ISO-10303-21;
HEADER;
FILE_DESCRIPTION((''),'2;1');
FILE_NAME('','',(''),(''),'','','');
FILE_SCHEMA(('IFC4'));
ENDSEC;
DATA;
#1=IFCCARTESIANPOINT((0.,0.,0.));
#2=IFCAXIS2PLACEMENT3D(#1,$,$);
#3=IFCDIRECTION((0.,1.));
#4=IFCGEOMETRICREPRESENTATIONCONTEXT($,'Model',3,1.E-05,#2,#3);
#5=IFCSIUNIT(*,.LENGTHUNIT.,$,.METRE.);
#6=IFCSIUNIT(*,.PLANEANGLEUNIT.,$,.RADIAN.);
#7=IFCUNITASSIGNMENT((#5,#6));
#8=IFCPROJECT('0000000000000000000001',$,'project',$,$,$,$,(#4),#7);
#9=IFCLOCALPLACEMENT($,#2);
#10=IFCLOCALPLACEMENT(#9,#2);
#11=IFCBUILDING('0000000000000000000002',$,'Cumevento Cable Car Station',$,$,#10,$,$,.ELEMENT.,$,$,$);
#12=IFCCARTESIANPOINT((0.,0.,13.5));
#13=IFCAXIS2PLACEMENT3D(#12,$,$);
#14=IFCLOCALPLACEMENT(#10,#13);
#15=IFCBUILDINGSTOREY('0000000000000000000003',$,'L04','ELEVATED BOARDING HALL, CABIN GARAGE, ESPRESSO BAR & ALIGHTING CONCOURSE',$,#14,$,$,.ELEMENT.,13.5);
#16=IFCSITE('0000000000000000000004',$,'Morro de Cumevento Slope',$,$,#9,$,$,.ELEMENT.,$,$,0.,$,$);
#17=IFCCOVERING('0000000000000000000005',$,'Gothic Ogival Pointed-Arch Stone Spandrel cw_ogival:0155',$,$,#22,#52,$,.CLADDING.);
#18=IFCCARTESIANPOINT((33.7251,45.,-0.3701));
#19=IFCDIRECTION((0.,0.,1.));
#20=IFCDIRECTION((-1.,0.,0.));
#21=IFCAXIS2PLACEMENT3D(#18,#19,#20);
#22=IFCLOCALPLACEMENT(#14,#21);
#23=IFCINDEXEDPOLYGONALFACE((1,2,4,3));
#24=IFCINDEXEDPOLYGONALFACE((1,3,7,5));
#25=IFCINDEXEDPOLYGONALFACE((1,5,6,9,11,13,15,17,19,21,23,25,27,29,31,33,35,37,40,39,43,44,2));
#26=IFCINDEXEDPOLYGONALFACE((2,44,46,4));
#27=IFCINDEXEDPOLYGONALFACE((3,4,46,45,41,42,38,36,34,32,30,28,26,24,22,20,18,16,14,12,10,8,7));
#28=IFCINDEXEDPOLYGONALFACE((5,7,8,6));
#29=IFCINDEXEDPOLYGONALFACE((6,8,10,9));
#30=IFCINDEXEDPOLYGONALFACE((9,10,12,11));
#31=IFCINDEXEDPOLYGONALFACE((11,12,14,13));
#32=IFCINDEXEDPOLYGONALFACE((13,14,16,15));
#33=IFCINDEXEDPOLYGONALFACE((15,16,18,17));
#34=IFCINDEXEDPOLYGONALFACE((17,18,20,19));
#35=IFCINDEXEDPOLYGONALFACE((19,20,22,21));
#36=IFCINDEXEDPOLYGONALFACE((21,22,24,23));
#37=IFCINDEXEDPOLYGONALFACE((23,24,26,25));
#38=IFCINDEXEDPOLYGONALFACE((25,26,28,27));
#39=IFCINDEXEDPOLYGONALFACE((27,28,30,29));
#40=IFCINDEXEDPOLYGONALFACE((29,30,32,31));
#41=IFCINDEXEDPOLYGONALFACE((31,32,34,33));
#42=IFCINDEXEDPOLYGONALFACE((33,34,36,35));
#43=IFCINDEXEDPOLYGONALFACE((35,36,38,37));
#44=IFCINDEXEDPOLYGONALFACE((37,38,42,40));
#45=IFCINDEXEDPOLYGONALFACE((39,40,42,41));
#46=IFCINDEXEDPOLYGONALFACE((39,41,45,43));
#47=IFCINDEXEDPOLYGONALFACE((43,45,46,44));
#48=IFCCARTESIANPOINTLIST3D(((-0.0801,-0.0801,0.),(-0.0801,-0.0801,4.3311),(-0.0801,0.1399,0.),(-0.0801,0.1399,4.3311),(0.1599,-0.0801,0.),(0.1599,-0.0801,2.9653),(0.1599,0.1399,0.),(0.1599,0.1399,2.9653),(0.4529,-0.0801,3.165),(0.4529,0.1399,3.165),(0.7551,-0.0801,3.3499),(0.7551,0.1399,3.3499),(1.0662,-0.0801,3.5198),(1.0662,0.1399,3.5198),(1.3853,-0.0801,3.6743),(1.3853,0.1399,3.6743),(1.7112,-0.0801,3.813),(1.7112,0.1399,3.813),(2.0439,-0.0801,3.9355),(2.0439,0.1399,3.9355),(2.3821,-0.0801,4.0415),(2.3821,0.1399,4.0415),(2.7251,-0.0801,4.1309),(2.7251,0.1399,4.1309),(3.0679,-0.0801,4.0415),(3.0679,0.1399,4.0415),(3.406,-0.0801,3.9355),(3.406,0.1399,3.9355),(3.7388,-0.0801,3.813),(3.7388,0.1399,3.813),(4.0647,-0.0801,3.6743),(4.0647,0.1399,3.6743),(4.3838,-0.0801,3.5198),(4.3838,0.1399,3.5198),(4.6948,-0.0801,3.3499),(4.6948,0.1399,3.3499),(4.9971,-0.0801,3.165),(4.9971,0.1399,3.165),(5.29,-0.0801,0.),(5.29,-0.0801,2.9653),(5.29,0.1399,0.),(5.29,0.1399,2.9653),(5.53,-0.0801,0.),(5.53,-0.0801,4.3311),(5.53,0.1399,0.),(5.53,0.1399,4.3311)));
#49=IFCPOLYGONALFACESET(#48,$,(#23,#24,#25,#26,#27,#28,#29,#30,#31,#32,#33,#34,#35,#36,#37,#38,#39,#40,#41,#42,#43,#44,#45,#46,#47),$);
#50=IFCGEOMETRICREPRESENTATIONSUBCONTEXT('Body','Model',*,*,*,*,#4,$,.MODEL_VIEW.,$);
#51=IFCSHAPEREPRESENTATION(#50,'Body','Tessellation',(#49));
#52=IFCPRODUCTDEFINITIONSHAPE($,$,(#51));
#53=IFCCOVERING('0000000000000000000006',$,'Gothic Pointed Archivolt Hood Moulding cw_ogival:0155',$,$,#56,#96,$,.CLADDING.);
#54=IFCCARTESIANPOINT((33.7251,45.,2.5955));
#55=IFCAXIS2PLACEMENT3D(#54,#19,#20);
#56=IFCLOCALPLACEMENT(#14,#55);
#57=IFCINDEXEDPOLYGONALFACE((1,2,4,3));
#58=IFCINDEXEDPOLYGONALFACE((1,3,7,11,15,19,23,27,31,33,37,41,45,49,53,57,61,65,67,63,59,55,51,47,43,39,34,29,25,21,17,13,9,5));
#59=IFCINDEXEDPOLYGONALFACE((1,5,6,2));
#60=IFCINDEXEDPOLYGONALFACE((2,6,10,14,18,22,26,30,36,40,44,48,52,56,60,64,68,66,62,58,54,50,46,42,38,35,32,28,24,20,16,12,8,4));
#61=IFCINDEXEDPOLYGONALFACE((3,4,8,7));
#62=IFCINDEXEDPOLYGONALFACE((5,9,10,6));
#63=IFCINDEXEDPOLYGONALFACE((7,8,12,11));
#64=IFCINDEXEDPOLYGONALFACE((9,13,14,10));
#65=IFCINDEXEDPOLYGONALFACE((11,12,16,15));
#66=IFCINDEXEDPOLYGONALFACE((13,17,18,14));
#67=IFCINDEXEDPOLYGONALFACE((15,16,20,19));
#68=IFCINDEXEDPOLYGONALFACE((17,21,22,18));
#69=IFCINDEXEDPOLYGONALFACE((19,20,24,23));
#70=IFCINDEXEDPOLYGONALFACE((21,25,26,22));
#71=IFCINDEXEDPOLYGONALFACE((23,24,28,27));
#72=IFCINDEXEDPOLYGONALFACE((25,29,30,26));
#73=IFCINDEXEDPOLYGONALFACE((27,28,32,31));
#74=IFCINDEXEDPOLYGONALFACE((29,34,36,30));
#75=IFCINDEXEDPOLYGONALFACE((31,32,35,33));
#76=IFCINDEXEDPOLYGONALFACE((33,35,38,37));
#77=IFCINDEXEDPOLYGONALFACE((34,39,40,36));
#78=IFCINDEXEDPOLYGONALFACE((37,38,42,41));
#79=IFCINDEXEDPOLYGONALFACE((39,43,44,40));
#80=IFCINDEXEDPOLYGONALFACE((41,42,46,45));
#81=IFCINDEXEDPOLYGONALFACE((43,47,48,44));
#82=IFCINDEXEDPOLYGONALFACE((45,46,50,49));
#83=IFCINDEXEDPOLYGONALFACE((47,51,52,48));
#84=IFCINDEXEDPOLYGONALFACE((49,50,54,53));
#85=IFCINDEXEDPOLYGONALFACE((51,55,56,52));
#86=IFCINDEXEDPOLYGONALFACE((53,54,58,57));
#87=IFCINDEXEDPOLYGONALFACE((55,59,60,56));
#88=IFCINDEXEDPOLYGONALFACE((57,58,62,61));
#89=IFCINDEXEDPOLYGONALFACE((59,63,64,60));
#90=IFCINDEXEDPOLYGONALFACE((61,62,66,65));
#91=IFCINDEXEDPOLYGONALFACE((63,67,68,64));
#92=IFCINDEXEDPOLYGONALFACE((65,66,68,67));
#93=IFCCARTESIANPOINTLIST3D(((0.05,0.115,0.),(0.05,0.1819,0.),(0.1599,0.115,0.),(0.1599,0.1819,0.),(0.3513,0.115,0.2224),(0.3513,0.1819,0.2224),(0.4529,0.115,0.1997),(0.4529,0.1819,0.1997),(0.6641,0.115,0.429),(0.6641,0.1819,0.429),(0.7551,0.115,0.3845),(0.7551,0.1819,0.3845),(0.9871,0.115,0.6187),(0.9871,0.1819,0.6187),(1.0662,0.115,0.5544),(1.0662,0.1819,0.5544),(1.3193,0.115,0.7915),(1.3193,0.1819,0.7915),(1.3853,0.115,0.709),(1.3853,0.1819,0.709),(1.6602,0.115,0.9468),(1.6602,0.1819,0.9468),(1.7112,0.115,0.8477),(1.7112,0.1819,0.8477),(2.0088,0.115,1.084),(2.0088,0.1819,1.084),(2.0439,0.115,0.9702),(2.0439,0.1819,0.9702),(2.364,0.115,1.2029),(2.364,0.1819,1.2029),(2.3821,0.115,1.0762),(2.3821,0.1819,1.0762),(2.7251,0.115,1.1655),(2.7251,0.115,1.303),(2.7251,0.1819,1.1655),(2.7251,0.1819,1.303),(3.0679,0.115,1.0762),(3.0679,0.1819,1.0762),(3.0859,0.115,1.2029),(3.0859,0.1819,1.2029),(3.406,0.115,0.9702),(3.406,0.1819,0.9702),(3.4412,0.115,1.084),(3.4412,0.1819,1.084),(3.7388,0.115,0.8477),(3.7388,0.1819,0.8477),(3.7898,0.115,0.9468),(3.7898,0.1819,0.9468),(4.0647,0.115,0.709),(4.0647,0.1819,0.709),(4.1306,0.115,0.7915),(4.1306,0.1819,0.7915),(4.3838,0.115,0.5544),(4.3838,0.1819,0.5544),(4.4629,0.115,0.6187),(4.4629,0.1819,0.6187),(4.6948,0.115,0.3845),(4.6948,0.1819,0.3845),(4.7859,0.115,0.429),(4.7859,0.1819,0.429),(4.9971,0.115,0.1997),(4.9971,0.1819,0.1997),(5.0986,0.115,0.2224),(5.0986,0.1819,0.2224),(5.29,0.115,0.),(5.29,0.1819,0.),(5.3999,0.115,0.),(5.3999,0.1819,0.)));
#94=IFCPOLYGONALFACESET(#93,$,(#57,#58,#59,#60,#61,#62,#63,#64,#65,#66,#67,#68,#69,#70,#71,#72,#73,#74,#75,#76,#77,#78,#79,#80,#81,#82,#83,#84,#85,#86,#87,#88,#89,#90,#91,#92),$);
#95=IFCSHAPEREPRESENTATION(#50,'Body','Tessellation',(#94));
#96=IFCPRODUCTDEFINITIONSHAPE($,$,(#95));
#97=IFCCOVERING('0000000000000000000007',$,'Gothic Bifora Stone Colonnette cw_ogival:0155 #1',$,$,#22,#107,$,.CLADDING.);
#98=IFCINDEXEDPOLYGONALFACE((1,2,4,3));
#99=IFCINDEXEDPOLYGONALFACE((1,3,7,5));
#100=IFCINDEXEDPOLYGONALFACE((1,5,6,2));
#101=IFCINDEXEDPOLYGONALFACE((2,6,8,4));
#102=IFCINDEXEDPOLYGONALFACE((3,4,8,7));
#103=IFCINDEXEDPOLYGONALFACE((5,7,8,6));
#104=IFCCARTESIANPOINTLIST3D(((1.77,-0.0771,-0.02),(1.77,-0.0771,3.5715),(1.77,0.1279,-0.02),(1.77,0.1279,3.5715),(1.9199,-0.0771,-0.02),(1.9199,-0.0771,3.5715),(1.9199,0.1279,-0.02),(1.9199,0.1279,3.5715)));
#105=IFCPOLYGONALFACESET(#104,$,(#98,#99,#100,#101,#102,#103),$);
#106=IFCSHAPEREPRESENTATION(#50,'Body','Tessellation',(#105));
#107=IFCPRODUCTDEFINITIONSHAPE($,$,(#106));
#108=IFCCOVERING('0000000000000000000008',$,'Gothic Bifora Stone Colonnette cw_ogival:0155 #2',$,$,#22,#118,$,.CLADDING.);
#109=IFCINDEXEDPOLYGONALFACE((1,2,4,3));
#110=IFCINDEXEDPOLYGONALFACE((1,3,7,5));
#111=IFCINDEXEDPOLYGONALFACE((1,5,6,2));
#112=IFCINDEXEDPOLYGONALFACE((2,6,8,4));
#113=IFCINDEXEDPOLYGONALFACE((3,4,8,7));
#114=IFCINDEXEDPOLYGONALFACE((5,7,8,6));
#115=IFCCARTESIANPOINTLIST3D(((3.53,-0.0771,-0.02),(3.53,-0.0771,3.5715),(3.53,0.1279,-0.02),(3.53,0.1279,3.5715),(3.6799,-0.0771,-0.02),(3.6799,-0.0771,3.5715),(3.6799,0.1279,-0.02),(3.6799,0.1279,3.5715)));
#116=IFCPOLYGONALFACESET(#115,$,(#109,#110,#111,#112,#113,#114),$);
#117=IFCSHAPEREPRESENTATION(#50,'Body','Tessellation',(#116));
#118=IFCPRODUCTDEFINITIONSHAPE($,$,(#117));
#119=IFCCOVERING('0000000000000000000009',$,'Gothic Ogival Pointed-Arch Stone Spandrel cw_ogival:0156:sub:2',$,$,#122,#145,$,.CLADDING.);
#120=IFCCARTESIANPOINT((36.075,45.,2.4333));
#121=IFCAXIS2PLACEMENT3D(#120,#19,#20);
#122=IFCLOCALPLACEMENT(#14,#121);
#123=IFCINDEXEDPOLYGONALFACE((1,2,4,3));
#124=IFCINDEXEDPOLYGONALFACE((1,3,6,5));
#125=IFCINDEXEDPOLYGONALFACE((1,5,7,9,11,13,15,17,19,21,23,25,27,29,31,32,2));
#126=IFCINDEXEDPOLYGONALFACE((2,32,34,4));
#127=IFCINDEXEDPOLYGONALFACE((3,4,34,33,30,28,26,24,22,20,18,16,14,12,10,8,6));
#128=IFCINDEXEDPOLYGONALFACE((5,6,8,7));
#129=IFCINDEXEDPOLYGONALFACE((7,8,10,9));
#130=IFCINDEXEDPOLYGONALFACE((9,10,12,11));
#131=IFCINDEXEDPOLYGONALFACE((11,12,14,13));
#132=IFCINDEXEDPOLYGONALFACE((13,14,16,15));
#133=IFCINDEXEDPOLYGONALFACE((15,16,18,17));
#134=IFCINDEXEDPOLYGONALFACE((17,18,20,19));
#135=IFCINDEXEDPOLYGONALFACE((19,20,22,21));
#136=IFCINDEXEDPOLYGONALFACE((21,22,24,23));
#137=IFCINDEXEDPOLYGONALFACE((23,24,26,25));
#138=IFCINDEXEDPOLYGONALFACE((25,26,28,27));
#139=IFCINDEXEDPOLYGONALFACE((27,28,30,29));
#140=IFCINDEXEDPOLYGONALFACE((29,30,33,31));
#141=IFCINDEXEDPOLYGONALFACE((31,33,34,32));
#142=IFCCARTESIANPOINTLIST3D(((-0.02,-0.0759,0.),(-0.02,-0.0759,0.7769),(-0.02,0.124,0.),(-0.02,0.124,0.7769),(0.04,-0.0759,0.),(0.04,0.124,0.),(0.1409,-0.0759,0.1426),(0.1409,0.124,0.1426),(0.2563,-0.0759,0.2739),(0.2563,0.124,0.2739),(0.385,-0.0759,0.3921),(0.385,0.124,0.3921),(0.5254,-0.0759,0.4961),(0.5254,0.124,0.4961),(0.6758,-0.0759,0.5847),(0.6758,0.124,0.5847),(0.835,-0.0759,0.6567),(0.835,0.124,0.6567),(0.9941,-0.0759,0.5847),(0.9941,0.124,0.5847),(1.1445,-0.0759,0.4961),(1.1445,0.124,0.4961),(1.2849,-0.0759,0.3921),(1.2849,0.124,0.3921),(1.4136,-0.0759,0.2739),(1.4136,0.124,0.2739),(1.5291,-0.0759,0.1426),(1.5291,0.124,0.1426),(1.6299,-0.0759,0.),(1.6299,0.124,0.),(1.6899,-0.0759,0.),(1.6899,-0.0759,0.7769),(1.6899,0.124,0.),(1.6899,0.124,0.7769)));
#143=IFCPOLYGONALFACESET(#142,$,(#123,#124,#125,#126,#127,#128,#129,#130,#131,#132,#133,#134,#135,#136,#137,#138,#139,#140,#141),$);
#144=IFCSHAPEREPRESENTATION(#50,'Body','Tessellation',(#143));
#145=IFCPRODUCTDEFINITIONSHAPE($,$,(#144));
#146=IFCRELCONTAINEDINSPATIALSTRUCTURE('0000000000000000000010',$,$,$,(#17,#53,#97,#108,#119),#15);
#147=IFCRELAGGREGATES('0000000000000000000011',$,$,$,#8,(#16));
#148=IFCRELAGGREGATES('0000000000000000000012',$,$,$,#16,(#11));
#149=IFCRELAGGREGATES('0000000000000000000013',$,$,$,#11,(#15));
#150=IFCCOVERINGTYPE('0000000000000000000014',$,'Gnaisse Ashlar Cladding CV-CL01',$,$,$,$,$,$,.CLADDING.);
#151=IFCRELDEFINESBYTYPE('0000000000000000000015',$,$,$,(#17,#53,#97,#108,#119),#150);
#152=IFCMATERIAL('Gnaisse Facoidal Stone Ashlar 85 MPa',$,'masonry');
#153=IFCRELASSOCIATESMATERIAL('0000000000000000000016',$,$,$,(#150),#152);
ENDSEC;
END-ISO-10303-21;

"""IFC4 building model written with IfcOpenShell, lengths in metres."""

from ifc_helpers import new_model, si_unit, direction, frame, origin, place, context, subcontext, project, spatial, polyline, outline, extrude, material, type_object, element, save


model = new_model("IFC4")

# Units and contexts
model_context = context("Model", 3, precision=1e-05, world=origin(), true_north=direction((0.0, 1.0)))
body_context = subcontext(model_context, "Body", "Model", "MODEL_VIEW")
ifc_project = project(units=[si_unit("LENGTHUNIT", "METRE"), si_unit("PLANEANGLEUNIT", "RADIAN")], contexts=[model_context])

# Site, building, storey
site_placement = place(None, origin())
site = spatial("IfcSite", under=ifc_project, at=site_placement, Name="Morro de Cumevento Slope", CompositionType="ELEMENT", RefElevation=0.0)
building_placement = place(site_placement, origin())
building = spatial("IfcBuilding", under=site, at=building_placement, Name="Cumevento Cable Car Station", CompositionType="ELEMENT")
storey_placement = place(building_placement, frame((0.0, 0.0, 13.5)))
storey = spatial("IfcBuildingStorey", under=building, at=storey_placement, Name="L04", Description="ELEVATED BOARDING HALL, CABIN GARAGE, ESPRESSO BAR & ALIGHTING CONCOURSE", CompositionType="ELEMENT", Elevation=13.5)

# Coverings
ifc_material_1 = material(Name="Gnaisse Facoidal Stone Ashlar 85 MPa", Category="masonry")
covering_type = type_object("IfcCoveringType", Name="Gnaisse Ashlar Cladding CV-CL01", PredefinedType="CLADDING", material=ifc_material_1)
placement = place(storey_placement, frame((33.7251, 45.0, -0.3701), z_axis=(0.0, 0.0, 1.0), x_axis=(-1.0, 0.0, 0.0)))
element("IfcCovering", 1, at=placement, inside=storey, type_object=covering_type, Name="Gothic Ogival Pointed-Arch Stone Spandrel cw_ogival:0155", PredefinedType="CLADDING", context=body_context, shape_type="SweptSolid", body=[
    extrude(outline(polyline([(-0.0801, 0.0), (-0.0801, 4.3311), (5.53, 4.3311), (5.53, 0.0), (5.29, 0.0), (5.29, 2.9653), (4.9971, 3.165), (4.6948, 3.3499), (4.3838, 3.5198), (4.0647, 3.6743), (3.7388, 3.813), (3.406, 3.9355), (3.0679, 4.0415), (2.7251, 4.1309), (2.3821, 4.0415), (2.0439, 3.9355), (1.7112, 3.813), (1.3853, 3.6743), (1.0662, 3.5198), (0.7551, 3.3499), (0.4529, 3.165), (0.1599, 2.9653), (0.1599, 0.0), (-0.0801, 0.0)])), frame((0.0, 0.1399, 0.0), z_axis=(0.0, -1.0, 0.0), x_axis=(1.0, 0.0, 0.0)), (0.0, 0.0, 1.0), 0.22),
])
covering_1_placement = place(storey_placement, frame((33.7251, 45.0, 2.5955), z_axis=(0.0, 0.0, 1.0), x_axis=(-1.0, 0.0, 0.0)))
element("IfcCovering", 2, at=covering_1_placement, inside=storey, type_object=covering_type, Name="Gothic Pointed Archivolt Hood Moulding cw_ogival:0155", PredefinedType="CLADDING", context=body_context, shape_type="SweptSolid", body=[
    extrude(outline(polyline([(0.1599, 0.0), (0.4529, 0.1997), (0.7551, 0.3845), (1.0662, 0.5544), (1.3853, 0.709), (1.7112, 0.8477), (2.0439, 0.9702), (2.3821, 1.0762), (2.7251, 1.1655), (3.0679, 1.0762), (3.406, 0.9702), (3.7388, 0.8477), (4.0647, 0.709), (4.3838, 0.5544), (4.6948, 0.3845), (4.9971, 0.1997), (5.29, 0.0), (5.3999, 0.0), (5.0986, 0.2224), (4.7859, 0.429), (4.4629, 0.6187), (4.1306, 0.7915), (3.7898, 0.9468), (3.4412, 1.084), (3.0859, 1.2029), (2.7251, 1.303), (2.364, 1.2029), (2.0088, 1.084), (1.6602, 0.9468), (1.3193, 0.7915), (0.9871, 0.6187), (0.6641, 0.429), (0.3513, 0.2224), (0.05, 0.0), (0.1599, 0.0)])), frame((0.0, 0.1819, 0.0), z_axis=(0.0, -1.0, 0.0), x_axis=(1.0, 0.0, 0.0)), (0.0, 0.0, 1.0), 0.0669),
])
element("IfcCovering", 3, at=placement, inside=storey, type_object=covering_type, Name="Gothic Bifora Stone Colonnette cw_ogival:0155 #1", PredefinedType="CLADDING", context=body_context, shape_type="SweptSolid", body=[
    extrude(outline(polyline([(1.77, -0.02), (1.9199, -0.02), (1.9199, 3.5715), (1.77, 3.5715), (1.77, -0.02)])), frame((0.0, 0.1279, 0.0), z_axis=(0.0, -1.0, 0.0), x_axis=(1.0, 0.0, 0.0)), (0.0, 0.0, 1.0), 0.2051),
])
element("IfcCovering", 4, at=placement, inside=storey, type_object=covering_type, Name="Gothic Bifora Stone Colonnette cw_ogival:0155 #2", PredefinedType="CLADDING", context=body_context, shape_type="SweptSolid", body=[
    extrude(outline(polyline([(3.53, -0.02), (3.6799, -0.02), (3.6799, 3.5715), (3.53, 3.5715), (3.53, -0.02)])), frame((0.0, 0.1279, 0.0), z_axis=(0.0, -1.0, 0.0), x_axis=(1.0, 0.0, 0.0)), (0.0, 0.0, 1.0), 0.2051),
])
covering_2_placement = place(storey_placement, frame((36.075, 45.0, 2.4333), z_axis=(0.0, 0.0, 1.0), x_axis=(-1.0, 0.0, 0.0)))
element("IfcCovering", 5, at=covering_2_placement, inside=storey, type_object=covering_type, Name="Gothic Ogival Pointed-Arch Stone Spandrel cw_ogival:0156:sub:2", PredefinedType="CLADDING", context=body_context, shape_type="SweptSolid", body=[
    extrude(outline(polyline([(-0.02, 0.0), (-0.02, 0.7769), (1.6899, 0.7769), (1.6899, 0.0), (1.6299, 0.0), (1.5291, 0.1426), (1.4136, 0.2739), (1.2849, 0.3921), (1.1445, 0.4961), (0.9941, 0.5847), (0.835, 0.6567), (0.6758, 0.5847), (0.5254, 0.4961), (0.385, 0.3921), (0.2563, 0.2739), (0.1409, 0.1426), (0.04, 0.0), (-0.02, 0.0)])), frame((0.0, 0.124, 0.0), z_axis=(0.0, -1.0, 0.0), x_axis=(1.0, 0.0, 0.0)), (0.0, 0.0, 1.0), 0.2),
])

save(model, "model.ifc")
